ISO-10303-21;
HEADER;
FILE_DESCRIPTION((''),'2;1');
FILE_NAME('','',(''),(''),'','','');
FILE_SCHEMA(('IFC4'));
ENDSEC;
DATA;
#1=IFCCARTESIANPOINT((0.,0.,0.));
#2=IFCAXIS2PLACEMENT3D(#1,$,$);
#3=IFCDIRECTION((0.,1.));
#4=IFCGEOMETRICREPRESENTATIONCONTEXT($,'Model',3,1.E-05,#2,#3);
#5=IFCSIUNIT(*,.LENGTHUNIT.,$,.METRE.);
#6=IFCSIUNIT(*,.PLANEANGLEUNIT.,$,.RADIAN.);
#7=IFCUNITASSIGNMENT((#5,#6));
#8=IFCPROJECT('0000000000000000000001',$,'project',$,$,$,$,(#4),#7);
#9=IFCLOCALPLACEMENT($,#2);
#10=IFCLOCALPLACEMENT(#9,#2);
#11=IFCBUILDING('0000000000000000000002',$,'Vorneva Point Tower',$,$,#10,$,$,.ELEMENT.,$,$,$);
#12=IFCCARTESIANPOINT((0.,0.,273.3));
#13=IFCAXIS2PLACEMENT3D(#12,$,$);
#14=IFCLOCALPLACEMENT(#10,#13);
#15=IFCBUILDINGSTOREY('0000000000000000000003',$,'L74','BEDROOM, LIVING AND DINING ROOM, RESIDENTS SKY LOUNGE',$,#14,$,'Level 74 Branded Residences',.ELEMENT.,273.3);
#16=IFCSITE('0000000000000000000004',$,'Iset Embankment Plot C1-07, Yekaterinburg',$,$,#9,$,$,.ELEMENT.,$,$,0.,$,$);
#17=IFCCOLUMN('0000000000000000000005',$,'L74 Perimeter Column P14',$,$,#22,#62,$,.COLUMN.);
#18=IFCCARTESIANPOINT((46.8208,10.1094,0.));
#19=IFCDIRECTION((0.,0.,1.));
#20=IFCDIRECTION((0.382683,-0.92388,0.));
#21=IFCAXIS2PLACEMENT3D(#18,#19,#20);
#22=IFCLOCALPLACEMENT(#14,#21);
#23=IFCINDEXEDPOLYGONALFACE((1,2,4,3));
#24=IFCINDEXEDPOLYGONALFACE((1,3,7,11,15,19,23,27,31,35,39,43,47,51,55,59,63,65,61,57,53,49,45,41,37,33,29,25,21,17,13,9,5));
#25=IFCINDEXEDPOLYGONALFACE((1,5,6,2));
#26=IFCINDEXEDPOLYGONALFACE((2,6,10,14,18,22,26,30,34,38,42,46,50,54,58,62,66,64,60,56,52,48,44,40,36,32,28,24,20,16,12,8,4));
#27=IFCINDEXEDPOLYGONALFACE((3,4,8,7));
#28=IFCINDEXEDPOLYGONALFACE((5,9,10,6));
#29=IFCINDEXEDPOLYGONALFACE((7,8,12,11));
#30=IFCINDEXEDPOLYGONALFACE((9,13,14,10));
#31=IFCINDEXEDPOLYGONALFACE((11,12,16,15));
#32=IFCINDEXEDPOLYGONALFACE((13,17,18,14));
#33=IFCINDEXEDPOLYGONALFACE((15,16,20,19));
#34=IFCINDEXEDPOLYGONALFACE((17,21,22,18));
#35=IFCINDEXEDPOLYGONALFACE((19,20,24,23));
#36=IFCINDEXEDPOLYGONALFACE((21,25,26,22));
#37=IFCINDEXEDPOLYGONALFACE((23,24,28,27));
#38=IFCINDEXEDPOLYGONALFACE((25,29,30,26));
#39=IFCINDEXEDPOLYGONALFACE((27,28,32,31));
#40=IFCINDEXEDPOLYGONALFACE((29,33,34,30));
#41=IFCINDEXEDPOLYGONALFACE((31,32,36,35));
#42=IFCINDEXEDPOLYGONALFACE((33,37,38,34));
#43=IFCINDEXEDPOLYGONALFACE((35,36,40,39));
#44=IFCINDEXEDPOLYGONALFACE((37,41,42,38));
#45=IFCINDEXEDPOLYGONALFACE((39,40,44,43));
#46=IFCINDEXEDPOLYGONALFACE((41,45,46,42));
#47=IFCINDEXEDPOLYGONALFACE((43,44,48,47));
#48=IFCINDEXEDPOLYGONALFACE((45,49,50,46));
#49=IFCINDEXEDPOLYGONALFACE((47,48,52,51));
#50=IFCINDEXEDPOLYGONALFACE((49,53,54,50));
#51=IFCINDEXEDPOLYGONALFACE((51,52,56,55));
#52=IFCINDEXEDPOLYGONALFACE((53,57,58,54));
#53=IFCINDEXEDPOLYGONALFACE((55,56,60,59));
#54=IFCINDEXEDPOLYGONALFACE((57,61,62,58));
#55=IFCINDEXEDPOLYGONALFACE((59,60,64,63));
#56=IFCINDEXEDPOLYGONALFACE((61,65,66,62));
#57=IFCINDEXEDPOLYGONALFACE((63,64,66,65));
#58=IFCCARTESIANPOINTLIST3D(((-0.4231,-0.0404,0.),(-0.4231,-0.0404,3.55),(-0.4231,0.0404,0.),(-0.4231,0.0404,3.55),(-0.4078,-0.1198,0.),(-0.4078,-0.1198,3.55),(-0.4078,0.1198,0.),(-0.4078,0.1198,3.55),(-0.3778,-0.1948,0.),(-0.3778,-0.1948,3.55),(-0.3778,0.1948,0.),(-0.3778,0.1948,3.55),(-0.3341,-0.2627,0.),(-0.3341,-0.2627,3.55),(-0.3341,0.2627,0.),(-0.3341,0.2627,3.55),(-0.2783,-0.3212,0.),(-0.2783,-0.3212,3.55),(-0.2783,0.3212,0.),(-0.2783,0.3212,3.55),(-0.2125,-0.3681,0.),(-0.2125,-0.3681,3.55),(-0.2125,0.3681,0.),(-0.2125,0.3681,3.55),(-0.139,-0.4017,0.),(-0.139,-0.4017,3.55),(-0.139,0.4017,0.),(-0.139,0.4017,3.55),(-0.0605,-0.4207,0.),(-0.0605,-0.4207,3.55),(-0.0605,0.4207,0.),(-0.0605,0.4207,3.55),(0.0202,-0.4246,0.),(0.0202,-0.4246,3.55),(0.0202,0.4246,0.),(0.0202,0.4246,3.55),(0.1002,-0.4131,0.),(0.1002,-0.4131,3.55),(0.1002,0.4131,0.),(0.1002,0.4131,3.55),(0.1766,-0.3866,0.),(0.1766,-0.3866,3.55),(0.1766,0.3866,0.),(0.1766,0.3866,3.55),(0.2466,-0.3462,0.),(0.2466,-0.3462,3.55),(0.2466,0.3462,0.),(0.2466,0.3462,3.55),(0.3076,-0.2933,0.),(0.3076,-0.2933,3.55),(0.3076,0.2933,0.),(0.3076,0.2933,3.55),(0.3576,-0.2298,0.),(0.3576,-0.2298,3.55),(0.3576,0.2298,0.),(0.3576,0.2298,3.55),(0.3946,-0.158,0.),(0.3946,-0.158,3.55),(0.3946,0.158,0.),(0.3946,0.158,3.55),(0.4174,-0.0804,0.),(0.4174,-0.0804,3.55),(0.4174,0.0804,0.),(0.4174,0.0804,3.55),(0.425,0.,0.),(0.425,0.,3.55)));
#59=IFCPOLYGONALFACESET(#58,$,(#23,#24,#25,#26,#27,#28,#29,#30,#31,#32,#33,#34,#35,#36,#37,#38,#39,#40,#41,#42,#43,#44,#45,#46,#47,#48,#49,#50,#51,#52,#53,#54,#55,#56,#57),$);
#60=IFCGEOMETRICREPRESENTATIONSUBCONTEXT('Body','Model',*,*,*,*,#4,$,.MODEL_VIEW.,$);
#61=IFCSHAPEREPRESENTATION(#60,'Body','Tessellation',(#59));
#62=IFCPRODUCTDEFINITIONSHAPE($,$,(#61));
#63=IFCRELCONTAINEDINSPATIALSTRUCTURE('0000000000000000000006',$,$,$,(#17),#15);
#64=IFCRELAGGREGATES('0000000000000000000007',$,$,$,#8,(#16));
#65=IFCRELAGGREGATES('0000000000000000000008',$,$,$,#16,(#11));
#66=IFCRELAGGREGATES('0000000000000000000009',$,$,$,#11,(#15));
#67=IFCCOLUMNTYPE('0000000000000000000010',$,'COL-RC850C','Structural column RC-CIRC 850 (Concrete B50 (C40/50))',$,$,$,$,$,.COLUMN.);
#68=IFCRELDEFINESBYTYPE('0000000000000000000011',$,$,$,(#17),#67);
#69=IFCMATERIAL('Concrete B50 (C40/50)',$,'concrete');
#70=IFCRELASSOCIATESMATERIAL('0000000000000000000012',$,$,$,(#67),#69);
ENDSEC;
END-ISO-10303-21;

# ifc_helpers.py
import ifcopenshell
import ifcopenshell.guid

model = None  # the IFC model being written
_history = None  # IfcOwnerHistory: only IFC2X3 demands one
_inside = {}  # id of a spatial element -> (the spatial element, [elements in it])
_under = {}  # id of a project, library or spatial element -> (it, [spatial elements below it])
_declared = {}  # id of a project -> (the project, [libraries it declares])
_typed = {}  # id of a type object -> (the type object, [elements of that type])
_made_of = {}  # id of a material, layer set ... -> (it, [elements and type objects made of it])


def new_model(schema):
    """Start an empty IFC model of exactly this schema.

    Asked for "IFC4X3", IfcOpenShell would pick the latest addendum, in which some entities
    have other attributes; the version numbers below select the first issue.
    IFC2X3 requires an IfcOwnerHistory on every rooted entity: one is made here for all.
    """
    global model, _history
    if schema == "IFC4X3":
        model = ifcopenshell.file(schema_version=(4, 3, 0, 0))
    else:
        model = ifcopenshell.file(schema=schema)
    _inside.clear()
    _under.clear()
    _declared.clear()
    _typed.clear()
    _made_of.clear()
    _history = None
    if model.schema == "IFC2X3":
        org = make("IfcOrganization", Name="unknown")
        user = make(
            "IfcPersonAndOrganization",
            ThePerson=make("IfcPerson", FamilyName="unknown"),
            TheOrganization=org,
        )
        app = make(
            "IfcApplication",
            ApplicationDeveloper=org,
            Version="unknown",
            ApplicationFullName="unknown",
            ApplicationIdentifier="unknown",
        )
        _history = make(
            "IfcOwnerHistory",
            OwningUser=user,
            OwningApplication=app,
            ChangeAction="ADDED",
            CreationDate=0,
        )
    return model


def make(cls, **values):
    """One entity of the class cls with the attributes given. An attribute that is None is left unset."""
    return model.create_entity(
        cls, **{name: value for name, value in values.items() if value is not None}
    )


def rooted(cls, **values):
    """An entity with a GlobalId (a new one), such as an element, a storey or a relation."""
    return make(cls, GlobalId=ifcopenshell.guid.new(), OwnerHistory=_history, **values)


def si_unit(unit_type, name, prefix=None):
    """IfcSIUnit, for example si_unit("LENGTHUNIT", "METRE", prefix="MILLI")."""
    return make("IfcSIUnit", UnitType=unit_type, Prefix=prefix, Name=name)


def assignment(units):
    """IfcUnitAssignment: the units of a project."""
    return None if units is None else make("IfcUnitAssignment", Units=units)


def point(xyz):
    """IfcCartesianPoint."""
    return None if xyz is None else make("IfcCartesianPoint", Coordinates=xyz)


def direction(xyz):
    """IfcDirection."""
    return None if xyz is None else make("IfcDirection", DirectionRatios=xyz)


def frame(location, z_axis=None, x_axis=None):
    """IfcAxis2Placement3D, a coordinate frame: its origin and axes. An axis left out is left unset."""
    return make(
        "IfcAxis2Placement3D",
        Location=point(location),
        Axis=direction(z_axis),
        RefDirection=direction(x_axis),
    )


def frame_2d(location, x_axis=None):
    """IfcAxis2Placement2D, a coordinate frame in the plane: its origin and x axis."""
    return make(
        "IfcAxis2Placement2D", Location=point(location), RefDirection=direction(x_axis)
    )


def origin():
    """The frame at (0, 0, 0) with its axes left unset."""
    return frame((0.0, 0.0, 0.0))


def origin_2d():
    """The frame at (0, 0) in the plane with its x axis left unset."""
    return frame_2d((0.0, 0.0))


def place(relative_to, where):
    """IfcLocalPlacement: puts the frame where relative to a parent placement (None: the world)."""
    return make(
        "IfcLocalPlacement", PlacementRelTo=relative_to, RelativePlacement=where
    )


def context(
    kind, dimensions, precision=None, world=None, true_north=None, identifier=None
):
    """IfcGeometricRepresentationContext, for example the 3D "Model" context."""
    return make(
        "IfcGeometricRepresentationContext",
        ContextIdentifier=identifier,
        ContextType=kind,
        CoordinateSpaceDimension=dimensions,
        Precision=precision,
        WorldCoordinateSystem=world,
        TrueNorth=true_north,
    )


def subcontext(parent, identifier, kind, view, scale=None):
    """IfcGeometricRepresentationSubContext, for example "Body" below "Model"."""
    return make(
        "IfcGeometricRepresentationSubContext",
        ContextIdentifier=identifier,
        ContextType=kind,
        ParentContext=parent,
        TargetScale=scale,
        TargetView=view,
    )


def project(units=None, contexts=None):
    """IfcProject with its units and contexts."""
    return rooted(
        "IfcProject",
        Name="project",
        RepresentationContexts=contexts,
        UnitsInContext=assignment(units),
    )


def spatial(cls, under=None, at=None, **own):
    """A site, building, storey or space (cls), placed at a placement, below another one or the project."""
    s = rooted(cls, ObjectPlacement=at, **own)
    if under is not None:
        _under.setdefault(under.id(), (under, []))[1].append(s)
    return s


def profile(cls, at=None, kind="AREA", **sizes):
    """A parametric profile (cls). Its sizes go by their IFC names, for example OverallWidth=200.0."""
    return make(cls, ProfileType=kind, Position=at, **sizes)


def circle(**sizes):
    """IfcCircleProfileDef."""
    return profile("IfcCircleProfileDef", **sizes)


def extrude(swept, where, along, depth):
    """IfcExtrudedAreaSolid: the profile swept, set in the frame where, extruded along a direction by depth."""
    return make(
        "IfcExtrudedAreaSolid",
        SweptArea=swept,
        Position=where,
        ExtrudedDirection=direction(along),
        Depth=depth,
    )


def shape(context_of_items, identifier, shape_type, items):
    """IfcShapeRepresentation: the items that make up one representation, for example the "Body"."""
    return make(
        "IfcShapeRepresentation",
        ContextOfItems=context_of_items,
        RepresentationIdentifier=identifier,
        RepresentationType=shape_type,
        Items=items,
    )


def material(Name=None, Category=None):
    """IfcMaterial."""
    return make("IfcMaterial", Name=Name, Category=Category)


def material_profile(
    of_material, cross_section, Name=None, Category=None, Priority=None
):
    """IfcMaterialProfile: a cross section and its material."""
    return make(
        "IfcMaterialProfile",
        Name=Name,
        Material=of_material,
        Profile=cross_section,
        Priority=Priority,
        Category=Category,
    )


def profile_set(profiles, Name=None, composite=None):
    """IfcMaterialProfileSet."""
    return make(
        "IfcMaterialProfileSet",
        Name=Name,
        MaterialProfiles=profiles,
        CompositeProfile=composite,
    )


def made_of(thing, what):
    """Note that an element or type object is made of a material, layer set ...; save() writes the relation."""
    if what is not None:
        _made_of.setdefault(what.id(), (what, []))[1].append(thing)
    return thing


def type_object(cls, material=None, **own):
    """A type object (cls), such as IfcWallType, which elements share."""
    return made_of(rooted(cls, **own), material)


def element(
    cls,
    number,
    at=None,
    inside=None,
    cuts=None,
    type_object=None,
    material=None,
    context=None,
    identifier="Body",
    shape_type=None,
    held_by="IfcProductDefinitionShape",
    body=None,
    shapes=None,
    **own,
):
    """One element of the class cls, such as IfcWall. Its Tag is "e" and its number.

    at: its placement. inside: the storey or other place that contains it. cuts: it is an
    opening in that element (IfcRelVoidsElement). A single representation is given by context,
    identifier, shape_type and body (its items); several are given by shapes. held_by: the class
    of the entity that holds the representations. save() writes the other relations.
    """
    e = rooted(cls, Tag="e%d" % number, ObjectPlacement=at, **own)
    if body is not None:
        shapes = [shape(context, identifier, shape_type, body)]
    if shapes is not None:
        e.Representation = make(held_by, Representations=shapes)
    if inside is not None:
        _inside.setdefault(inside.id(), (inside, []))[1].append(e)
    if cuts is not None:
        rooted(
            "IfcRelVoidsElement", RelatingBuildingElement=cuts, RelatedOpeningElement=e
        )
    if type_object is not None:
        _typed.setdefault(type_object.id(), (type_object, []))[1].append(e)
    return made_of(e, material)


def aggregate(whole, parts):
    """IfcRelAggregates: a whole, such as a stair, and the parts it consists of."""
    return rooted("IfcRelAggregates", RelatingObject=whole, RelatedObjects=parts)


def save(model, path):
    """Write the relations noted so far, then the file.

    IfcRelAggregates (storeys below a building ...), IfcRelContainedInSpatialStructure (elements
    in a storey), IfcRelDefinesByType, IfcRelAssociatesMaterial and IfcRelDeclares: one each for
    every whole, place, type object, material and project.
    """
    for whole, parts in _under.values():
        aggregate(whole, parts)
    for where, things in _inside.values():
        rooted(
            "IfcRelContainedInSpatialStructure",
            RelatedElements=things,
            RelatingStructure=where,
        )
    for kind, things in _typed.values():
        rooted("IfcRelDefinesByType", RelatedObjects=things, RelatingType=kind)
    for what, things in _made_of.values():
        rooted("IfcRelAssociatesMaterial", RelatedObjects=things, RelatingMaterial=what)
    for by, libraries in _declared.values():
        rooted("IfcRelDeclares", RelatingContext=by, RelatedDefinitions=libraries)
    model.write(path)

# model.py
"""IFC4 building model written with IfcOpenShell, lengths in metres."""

from ifc_helpers import new_model, si_unit, direction, frame, origin, origin_2d, place, context, subcontext, project, spatial, circle, extrude, material, material_profile, profile_set, type_object, element, save


model = new_model("IFC4")

# Units and contexts
model_context = context("Model", 3, precision=1e-05, world=origin(), true_north=direction((0.0, 1.0)))
body_context = subcontext(model_context, "Body", "Model", "MODEL_VIEW")
ifc_project = project(units=[si_unit("LENGTHUNIT", "METRE"), si_unit("PLANEANGLEUNIT", "RADIAN")], contexts=[model_context])

# Site, building, storey
site_placement = place(None, origin())
site = spatial("IfcSite", under=ifc_project, at=site_placement, Name="Iset Embankment Plot C1-07, Yekaterinburg", CompositionType="ELEMENT", RefElevation=0.0)
building_placement = place(site_placement, origin())
building = spatial("IfcBuilding", under=site, at=building_placement, Name="Vorneva Point Tower", CompositionType="ELEMENT")
storey_placement = place(building_placement, frame((0.0, 0.0, 273.3)))
storey = spatial("IfcBuildingStorey", under=building, at=storey_placement, Name="L74", Description="BEDROOM, LIVING AND DINING ROOM, RESIDENTS SKY LOUNGE", LongName="Level 74 Branded Residences", CompositionType="ELEMENT", Elevation=273.3)

# Column
ifc_material_1 = material(Name="Concrete B50 (C40/50)", Category="concrete")
ifc_material_profile_1 = material_profile(ifc_material_1, circle(Radius=0.425, at=origin_2d()), Name="RC-CIRC 850")
ifc_profile_set_1 = profile_set([ifc_material_profile_1], Name="Concrete B50 (C40/50)")
column_type = type_object("IfcColumnType", Name="COL-RC850C", Description="Structural column RC-CIRC 850 (Concrete B50 (C40/50))", PredefinedType="COLUMN", material=ifc_profile_set_1)
for number, where, z_axis, x_axis, name in (
    (1, (46.8208, 10.1094, 0.0), (0.0, 0.0, 1.0), (0.382683, -0.92388, 0.0), "L74 Perimeter Column P14"),
):
    element("IfcColumn", number, at=place(storey_placement, frame(where, z_axis=z_axis, x_axis=x_axis)), inside=storey, type_object=column_type, Name=name, PredefinedType="COLUMN", context=body_context, shape_type="SweptSolid", body=[
        extrude(circle(Radius=0.425, at=origin_2d()), origin(), (0.0, 0.0, 1.0), 3.55),
    ])

save(model, "model.ifc")
